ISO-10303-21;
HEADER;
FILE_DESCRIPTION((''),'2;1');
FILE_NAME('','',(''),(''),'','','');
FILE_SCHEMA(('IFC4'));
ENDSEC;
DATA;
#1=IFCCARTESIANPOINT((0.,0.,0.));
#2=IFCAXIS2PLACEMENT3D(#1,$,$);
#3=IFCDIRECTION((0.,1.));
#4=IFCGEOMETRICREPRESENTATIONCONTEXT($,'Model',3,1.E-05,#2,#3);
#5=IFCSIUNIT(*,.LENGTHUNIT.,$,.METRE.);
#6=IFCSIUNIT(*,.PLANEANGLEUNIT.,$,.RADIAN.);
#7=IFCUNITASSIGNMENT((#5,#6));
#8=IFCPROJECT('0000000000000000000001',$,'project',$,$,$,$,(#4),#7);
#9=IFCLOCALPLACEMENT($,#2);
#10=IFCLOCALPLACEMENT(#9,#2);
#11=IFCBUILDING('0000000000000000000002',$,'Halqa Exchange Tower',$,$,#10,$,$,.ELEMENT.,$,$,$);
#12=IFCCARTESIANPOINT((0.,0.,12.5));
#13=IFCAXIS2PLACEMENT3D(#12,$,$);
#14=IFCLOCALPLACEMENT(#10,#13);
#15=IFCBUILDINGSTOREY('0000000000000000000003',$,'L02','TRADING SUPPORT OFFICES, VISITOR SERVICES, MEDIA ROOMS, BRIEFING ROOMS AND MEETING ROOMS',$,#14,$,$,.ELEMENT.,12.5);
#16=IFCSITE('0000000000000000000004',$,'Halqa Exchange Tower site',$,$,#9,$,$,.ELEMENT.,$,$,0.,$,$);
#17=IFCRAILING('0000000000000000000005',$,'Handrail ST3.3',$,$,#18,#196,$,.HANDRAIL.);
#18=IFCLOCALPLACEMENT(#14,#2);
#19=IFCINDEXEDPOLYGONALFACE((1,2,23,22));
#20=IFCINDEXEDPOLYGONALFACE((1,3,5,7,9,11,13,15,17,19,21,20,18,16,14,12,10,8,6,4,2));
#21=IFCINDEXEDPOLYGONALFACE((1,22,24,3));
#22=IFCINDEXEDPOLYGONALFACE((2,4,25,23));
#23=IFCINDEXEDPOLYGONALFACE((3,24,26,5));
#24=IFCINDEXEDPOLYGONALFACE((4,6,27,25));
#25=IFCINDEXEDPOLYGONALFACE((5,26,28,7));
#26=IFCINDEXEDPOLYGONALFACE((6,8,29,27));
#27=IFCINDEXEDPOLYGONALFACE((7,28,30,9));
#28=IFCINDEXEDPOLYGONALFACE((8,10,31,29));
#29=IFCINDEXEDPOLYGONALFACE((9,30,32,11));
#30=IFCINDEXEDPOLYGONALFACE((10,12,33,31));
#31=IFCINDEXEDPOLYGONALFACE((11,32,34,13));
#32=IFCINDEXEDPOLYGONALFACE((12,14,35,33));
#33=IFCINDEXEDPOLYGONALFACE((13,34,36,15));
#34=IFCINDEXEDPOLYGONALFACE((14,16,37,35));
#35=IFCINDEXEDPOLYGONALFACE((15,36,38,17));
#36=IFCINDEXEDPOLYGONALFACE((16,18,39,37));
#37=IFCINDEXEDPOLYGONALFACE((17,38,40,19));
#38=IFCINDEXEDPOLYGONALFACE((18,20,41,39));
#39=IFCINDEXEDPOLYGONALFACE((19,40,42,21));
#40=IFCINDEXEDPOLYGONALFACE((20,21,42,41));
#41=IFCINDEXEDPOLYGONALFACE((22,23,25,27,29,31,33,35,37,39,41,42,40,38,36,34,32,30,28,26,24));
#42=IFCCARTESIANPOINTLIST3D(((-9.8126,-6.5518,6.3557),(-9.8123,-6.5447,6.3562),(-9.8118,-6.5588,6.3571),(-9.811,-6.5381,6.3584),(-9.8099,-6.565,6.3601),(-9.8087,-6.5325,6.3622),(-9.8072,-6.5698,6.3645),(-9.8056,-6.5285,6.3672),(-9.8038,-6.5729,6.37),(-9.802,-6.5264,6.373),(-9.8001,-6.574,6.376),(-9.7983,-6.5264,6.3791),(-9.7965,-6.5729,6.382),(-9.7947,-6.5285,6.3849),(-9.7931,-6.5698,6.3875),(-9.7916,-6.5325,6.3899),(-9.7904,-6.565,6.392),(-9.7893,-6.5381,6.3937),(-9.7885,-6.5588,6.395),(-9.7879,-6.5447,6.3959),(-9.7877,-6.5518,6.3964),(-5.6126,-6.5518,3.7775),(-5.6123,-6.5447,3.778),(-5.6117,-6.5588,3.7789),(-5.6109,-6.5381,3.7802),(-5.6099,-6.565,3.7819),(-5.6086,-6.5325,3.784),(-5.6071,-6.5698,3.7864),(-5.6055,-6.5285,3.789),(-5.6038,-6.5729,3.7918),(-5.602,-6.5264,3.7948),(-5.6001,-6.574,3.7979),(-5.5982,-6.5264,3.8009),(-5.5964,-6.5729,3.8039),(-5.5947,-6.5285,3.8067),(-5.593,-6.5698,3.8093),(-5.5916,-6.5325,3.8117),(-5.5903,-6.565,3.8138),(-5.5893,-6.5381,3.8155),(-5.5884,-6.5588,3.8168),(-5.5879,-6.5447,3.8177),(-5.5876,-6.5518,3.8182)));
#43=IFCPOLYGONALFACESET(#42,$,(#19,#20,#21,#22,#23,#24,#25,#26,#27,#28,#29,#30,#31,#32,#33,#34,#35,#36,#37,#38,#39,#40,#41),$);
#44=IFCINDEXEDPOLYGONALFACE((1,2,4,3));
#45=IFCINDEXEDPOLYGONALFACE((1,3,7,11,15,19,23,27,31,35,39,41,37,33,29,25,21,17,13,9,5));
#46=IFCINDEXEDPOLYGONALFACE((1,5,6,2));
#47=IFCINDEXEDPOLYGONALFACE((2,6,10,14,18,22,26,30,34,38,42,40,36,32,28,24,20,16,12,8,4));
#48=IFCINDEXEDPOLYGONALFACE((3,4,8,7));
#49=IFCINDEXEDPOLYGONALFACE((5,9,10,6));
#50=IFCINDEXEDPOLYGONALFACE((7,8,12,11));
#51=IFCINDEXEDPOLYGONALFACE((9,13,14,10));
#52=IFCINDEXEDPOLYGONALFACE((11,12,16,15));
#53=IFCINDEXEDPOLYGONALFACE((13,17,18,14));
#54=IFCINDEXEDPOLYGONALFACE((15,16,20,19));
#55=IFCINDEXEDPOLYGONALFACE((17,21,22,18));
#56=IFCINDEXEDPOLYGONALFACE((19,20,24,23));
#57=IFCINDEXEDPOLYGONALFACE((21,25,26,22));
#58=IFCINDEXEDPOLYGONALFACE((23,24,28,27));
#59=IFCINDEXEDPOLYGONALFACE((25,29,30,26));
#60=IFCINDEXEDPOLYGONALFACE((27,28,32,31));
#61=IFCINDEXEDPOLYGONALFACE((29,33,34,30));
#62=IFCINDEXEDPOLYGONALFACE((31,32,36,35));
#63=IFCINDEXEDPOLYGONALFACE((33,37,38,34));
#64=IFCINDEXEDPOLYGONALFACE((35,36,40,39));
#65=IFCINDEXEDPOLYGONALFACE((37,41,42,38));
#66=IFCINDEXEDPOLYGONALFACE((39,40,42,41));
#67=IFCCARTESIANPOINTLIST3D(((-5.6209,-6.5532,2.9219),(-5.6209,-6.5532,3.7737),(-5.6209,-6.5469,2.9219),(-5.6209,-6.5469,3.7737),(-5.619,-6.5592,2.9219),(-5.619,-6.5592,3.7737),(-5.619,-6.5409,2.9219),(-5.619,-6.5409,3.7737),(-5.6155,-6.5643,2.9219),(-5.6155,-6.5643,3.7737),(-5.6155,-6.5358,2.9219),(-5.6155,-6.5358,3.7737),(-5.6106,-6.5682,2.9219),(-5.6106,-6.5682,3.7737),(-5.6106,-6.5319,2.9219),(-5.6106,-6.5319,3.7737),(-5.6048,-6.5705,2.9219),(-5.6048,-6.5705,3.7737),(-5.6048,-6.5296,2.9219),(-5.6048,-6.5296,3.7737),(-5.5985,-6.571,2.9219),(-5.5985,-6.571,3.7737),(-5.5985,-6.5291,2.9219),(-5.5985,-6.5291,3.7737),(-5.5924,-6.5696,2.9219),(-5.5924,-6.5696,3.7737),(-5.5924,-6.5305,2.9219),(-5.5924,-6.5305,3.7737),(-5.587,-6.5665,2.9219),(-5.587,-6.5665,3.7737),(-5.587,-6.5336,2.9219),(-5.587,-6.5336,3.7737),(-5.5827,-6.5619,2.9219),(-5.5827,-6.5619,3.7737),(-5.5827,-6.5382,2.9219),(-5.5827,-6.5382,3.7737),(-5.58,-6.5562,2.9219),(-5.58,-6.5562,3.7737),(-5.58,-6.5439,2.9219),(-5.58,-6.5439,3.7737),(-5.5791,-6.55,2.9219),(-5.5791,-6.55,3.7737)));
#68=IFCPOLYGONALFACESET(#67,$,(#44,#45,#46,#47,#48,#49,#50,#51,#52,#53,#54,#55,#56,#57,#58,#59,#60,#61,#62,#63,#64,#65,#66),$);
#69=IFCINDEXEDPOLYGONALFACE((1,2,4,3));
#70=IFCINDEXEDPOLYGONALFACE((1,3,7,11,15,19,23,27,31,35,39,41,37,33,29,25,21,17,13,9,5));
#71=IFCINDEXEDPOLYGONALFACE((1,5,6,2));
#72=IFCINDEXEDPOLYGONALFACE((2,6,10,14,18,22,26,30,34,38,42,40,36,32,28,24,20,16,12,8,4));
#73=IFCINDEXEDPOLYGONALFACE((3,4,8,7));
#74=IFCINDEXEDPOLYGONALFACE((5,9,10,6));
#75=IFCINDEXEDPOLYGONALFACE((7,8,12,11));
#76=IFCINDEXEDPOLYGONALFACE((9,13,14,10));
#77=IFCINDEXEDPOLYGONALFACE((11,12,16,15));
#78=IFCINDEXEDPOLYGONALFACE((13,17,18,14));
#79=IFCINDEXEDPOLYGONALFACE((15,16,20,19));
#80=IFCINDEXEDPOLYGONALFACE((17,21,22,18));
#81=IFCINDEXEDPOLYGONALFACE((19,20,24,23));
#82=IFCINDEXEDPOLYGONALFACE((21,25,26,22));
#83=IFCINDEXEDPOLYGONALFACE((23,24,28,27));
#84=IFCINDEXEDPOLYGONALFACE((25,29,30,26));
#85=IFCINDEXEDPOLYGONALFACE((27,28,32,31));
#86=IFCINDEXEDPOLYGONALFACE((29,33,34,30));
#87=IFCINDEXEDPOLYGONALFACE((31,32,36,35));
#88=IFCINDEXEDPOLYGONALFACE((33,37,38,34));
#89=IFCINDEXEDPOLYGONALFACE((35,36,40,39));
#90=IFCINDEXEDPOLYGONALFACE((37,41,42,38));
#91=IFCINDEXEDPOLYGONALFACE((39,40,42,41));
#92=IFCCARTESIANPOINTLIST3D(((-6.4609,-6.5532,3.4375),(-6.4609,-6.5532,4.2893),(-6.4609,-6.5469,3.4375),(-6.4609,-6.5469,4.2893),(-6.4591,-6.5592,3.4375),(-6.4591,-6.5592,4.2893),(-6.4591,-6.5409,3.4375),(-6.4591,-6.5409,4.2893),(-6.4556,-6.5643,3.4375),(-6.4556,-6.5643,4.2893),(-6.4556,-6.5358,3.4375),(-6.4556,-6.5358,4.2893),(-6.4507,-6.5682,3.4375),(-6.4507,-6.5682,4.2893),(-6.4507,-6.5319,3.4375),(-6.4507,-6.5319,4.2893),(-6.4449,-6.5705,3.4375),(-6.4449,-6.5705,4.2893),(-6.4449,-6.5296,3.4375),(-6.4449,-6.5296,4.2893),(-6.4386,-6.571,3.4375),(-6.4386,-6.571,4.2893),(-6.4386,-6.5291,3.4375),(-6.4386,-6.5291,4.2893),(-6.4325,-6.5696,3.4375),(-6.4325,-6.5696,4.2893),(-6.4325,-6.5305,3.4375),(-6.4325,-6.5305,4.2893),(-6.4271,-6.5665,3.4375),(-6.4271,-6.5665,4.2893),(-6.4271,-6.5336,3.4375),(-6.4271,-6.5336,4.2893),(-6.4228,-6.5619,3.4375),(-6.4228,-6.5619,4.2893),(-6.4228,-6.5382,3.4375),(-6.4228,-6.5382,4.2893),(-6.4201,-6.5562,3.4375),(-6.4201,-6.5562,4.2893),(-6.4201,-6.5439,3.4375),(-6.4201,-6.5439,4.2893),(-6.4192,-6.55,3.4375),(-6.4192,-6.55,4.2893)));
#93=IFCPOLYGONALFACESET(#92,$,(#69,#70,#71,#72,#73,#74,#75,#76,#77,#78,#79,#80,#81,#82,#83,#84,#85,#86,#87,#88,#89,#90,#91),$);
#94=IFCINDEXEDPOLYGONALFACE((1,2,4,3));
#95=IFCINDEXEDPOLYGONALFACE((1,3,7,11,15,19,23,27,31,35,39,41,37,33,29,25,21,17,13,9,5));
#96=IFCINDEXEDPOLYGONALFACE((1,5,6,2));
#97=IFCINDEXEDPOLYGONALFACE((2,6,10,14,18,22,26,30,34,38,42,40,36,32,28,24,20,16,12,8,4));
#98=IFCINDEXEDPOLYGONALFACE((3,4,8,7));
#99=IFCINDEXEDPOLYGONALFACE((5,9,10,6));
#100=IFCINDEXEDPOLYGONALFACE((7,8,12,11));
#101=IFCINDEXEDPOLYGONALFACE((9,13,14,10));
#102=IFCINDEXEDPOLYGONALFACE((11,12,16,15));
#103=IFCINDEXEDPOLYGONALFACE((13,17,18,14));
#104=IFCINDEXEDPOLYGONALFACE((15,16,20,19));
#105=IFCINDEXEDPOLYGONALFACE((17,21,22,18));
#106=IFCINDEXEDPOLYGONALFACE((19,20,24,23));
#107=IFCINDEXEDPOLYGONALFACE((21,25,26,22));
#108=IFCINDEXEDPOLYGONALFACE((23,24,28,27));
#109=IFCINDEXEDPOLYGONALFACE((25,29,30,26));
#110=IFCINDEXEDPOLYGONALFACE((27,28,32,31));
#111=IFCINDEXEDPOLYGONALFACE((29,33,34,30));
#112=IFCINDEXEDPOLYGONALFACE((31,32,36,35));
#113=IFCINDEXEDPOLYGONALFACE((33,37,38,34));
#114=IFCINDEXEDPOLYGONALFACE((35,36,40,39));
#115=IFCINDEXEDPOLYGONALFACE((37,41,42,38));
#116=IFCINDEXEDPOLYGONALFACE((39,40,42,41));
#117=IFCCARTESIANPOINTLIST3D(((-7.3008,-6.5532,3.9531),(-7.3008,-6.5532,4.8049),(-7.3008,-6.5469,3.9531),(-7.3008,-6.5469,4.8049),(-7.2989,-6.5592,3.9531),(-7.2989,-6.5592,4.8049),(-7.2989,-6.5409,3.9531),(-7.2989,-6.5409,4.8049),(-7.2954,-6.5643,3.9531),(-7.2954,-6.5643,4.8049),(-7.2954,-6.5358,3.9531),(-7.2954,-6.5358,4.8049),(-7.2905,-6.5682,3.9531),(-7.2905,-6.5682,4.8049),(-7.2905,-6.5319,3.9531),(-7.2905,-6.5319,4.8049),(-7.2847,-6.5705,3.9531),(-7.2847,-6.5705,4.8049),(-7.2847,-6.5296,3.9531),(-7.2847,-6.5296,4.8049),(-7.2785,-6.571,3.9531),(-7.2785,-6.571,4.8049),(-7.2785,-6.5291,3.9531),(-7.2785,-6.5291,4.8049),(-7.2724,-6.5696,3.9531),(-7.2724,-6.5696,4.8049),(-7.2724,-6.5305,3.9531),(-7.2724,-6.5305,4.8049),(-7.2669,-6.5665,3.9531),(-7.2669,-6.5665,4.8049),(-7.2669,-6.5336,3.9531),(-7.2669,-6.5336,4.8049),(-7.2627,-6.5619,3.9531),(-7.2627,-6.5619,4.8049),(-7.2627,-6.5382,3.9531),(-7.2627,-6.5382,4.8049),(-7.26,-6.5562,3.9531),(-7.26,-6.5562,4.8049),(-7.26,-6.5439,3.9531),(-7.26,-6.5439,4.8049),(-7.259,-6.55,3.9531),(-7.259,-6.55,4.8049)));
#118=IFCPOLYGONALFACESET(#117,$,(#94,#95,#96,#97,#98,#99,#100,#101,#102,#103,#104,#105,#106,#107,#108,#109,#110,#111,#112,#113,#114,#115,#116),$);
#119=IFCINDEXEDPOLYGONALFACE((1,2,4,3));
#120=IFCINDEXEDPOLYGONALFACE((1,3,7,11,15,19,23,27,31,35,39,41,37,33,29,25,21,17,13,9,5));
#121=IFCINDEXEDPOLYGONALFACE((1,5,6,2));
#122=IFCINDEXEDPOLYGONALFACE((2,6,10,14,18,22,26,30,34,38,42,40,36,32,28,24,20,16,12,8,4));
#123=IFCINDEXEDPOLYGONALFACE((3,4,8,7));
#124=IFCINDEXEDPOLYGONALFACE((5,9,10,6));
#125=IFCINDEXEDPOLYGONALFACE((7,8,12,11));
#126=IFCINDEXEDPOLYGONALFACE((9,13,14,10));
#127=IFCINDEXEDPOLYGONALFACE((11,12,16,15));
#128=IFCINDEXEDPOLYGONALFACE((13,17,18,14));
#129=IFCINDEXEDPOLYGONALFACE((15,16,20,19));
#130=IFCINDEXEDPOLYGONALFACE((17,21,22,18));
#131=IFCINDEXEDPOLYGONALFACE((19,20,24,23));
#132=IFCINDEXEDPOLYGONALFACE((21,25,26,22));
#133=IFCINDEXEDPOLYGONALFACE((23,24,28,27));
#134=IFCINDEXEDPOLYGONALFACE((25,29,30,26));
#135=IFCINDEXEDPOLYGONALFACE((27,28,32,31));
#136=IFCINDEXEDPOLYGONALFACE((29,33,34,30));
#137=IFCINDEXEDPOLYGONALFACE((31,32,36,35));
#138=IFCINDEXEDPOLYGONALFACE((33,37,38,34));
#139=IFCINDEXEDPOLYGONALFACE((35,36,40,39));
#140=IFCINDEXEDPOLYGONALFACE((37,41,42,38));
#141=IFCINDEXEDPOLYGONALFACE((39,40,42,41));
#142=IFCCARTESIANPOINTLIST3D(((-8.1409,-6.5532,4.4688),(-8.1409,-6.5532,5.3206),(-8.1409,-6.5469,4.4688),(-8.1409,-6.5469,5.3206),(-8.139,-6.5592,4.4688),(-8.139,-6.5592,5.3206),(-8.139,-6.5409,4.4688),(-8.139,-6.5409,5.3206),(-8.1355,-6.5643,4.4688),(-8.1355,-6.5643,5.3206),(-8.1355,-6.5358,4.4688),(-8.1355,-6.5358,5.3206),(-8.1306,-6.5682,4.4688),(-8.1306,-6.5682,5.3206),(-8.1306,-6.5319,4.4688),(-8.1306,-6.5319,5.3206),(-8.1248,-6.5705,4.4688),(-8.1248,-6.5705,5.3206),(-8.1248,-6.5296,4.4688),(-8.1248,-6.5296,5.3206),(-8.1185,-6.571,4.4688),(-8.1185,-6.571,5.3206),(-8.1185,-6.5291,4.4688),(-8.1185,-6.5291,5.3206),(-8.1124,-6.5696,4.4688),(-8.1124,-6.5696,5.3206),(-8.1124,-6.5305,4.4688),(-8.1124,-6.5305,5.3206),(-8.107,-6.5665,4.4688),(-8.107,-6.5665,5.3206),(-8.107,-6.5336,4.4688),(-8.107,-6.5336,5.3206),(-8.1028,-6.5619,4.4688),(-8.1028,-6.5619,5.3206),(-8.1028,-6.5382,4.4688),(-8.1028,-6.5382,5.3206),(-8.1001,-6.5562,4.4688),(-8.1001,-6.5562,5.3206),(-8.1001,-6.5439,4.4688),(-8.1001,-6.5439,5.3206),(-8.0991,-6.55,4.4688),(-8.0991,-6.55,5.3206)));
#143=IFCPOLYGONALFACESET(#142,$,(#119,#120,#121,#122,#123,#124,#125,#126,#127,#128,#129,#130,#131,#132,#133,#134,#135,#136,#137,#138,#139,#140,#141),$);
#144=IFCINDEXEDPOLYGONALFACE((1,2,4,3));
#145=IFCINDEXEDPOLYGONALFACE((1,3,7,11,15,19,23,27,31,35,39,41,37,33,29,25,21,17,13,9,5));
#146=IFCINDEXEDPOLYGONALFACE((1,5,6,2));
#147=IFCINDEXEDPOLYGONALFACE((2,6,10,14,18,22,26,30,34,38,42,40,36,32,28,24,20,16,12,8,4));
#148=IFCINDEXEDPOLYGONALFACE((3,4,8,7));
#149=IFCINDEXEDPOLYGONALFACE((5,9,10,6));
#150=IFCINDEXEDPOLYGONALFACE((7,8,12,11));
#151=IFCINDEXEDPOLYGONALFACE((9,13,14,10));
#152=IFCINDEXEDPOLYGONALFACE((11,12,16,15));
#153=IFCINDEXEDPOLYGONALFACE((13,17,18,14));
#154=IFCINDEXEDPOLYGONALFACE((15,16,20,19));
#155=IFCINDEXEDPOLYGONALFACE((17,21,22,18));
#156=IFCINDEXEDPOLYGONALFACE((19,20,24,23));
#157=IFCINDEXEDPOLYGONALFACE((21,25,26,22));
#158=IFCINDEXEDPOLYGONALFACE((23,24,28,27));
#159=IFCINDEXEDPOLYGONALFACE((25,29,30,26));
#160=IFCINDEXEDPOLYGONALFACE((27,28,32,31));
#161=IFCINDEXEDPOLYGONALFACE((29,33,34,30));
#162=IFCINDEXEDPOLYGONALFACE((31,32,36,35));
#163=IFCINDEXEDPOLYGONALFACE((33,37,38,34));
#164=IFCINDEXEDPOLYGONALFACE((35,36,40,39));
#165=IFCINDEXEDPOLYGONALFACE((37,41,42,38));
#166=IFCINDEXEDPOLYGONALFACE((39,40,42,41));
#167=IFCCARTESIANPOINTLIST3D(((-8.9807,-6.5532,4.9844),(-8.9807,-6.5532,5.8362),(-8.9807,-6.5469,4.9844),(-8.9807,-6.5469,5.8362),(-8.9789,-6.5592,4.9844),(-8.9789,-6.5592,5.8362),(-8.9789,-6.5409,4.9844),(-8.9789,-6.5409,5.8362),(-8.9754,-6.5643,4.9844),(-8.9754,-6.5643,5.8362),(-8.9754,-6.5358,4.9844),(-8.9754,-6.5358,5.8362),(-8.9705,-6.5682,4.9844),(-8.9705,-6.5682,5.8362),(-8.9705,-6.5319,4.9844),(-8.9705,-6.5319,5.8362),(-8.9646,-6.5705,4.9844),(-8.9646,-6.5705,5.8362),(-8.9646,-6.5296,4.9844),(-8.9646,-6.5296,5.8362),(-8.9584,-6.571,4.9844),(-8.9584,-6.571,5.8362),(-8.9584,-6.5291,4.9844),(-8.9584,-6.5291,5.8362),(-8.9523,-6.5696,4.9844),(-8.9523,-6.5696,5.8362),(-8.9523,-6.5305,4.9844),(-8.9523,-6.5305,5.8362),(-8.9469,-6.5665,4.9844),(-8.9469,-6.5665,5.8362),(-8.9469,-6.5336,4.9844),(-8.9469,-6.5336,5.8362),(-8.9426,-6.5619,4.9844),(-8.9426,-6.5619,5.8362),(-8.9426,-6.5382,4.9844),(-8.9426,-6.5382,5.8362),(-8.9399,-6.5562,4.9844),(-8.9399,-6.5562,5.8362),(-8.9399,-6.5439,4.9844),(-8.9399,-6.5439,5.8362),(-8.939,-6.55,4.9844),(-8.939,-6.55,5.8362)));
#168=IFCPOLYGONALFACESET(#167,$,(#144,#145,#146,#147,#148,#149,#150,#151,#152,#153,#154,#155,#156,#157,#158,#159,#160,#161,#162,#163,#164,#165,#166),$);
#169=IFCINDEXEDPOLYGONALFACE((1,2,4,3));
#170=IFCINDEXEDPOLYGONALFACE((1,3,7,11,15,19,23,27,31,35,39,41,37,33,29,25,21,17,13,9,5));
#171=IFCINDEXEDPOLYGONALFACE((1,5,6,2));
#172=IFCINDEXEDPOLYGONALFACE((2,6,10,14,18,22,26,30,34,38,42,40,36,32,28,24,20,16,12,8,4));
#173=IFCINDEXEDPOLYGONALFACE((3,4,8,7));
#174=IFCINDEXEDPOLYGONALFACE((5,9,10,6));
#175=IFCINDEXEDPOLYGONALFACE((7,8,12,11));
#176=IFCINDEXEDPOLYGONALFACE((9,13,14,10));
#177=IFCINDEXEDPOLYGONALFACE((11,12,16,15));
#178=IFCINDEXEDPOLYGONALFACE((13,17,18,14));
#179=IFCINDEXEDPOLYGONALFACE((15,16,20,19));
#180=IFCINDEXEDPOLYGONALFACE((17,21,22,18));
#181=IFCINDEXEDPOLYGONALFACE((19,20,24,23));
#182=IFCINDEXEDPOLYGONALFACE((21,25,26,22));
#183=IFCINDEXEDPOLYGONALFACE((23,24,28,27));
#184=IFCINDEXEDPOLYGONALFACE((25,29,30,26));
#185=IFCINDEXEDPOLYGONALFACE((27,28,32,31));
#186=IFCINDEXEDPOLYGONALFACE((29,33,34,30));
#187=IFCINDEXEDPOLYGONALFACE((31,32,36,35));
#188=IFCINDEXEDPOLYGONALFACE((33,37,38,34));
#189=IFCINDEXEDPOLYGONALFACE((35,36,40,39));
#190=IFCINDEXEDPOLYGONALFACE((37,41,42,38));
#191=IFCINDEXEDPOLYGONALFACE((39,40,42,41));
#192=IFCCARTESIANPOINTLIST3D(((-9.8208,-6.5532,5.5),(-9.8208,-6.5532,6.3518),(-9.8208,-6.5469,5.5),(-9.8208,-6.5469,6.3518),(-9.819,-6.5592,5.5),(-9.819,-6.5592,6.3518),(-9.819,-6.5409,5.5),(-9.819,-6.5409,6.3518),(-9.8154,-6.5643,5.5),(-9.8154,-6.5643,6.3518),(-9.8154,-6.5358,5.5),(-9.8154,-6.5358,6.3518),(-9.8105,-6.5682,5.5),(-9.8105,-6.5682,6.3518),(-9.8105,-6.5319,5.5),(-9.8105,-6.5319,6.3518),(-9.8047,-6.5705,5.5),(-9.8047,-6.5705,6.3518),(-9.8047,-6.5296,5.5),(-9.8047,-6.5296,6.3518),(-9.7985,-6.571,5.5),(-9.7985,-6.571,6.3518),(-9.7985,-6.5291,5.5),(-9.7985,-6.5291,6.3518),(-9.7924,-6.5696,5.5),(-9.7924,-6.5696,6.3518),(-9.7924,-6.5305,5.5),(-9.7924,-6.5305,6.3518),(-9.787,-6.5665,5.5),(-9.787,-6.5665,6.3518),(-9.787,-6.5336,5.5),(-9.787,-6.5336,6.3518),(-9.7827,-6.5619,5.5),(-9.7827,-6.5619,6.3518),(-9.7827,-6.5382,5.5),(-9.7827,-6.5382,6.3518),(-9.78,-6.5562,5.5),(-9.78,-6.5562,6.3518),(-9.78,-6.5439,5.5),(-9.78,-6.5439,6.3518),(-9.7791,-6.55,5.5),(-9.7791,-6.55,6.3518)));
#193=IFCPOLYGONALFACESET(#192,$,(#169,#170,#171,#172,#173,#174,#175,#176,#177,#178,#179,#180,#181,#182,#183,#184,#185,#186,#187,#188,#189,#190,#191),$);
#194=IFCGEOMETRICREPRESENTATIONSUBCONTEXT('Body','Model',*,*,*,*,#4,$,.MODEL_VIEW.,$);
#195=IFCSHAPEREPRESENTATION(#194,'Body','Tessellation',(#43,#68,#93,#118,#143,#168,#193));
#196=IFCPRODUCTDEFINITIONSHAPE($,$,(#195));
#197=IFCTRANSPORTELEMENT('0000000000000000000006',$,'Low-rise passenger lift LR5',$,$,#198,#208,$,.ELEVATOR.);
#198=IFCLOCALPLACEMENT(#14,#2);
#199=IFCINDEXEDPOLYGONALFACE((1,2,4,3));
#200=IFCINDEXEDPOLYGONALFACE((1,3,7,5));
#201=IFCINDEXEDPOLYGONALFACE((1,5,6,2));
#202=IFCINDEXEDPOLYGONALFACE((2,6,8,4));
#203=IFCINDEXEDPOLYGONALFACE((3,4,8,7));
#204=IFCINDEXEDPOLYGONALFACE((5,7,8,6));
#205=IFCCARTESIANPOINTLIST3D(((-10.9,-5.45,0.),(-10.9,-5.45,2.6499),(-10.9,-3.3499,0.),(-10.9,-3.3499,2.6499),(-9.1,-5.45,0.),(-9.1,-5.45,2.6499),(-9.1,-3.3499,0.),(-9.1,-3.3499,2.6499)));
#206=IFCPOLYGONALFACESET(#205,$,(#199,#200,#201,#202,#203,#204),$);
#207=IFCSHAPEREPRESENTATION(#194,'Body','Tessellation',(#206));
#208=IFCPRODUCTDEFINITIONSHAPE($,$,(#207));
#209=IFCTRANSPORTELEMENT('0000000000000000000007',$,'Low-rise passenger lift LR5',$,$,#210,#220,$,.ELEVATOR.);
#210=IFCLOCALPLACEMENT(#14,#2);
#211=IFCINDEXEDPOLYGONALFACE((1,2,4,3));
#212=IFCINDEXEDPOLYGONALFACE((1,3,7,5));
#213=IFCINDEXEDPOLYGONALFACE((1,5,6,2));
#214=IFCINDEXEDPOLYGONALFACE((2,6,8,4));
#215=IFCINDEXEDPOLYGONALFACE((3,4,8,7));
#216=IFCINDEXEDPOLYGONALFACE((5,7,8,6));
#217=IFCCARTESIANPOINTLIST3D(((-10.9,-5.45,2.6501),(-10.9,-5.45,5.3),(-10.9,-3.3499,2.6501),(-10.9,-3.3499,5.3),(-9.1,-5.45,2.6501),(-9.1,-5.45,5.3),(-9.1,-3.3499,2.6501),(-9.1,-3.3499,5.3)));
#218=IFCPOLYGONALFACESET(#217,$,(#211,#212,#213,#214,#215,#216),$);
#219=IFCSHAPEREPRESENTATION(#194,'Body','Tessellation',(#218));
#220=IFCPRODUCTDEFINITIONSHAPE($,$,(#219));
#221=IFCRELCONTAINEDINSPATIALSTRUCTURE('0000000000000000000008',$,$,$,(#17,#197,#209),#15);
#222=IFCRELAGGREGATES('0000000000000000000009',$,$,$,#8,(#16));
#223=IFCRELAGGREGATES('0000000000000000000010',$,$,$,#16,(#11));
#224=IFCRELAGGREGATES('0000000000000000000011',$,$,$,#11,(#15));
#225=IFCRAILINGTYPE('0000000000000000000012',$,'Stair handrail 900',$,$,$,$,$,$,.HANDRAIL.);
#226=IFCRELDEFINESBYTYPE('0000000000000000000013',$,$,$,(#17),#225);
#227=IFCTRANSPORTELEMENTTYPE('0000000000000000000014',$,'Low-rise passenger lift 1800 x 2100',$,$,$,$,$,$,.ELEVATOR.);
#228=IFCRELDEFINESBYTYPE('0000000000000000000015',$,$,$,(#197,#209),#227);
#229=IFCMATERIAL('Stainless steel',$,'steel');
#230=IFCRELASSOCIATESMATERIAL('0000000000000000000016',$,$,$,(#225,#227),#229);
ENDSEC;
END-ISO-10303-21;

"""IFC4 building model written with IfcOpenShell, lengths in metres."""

from ifc_helpers import new_model, si_unit, direction, frame, origin, origin_2d, place, context, subcontext, project, spatial, rectangle, circle, extrude, material, type_object, element, save


model = new_model("IFC4")

# Units and contexts
model_context = context("Model", 3, precision=1e-05, world=origin(), true_north=direction((0.0, 1.0)))
body_context = subcontext(model_context, "Body", "Model", "MODEL_VIEW")
ifc_project = project(units=[si_unit("LENGTHUNIT", "METRE"), si_unit("PLANEANGLEUNIT", "RADIAN")], contexts=[model_context])

# Site, building, storey
site_placement = place(None, origin())
site = spatial("IfcSite", under=ifc_project, at=site_placement, Name="Halqa Exchange Tower site", CompositionType="ELEMENT", RefElevation=0.0)
building_placement = place(site_placement, origin())
building = spatial("IfcBuilding", under=site, at=building_placement, Name="Halqa Exchange Tower", CompositionType="ELEMENT")
storey_placement = place(building_placement, frame((0.0, 0.0, 12.5)))
storey = spatial("IfcBuildingStorey", under=building, at=storey_placement, Name="L02", Description="TRADING SUPPORT OFFICES, VISITOR SERVICES, MEDIA ROOMS, BRIEFING ROOMS AND MEETING ROOMS", CompositionType="ELEMENT", Elevation=12.5)

# Shared definitions
ifc_material_1 = material(Name="Stainless steel", Category="steel")

# Railing
railing_type = type_object("IfcRailingType", Name="Stair handrail 900", PredefinedType="HANDRAIL", material=ifc_material_1)
railing_1_placement = place(storey_placement, frame((-5.6001, -6.55, 2.9219)))
element("IfcRailing", 1, at=railing_1_placement, inside=storey, type_object=railing_type, Name="Handrail ST3.3", PredefinedType="HANDRAIL", context=body_context, shape_type="SweptSolid", body=[
    extrude(circle(Radius=0.0239, at=origin_2d()), frame((0.0, 0.0, 0.876), z_axis=(-0.852243, 0.0, 0.523146), x_axis=(0.0, -1.0, 0.0)), (0.0, 0.0, 1.0), 4.9282),
    extrude(circle(Radius=0.021, at=origin_2d()), origin(), (0.0, 0.0, 1.0), 0.8518),
    extrude(circle(Radius=0.021, at=origin_2d()), frame((-0.8401, 0.0, 0.5156)), (0.0, 0.0, 1.0), 0.8518),
    extrude(circle(Radius=0.021, at=origin_2d()), frame((-1.6799, 0.0, 1.0312)), (0.0, 0.0, 1.0), 0.8518),
    extrude(circle(Radius=0.021, at=origin_2d()), frame((-2.52, 0.0, 1.5469)), (0.0, 0.0, 1.0), 0.8518),
    extrude(circle(Radius=0.021, at=origin_2d()), frame((-3.3599, 0.0, 2.0625)), (0.0, 0.0, 1.0), 0.8518),
    extrude(circle(Radius=0.021, at=origin_2d()), frame((-4.2, 0.0, 2.5781)), (0.0, 0.0, 1.0), 0.8518),
])

# Transport elements
transport_element_type = type_object("IfcTransportElementType", Name="Low-rise passenger lift 1800 x 2100", PredefinedType="ELEVATOR", material=ifc_material_1)
for number, where, z_axis, x_axis, name in (
    (2, (-10.0, -4.3999, 0.0), (0.0, 0.0, 1.0), (1.0, 0.0, 0.0), "Low-rise passenger lift LR5"),
    (3, (-10.0, -4.3999, 2.6501), (0.0, 0.0, 1.0), (1.0, 0.0, 0.0), "Low-rise passenger lift LR5"),
):
    element("IfcTransportElement", number, at=place(storey_placement, frame(where, z_axis=z_axis, x_axis=x_axis)), inside=storey, type_object=transport_element_type, Name=name, PredefinedType="ELEVATOR", context=body_context, shape_type="SweptSolid", body=[
        extrude(rectangle(XDim=1.8, YDim=2.1001, at=origin_2d()), origin(), (0.0, 0.0, 1.0), 2.6499),
    ])

save(model, "model.ifc")
